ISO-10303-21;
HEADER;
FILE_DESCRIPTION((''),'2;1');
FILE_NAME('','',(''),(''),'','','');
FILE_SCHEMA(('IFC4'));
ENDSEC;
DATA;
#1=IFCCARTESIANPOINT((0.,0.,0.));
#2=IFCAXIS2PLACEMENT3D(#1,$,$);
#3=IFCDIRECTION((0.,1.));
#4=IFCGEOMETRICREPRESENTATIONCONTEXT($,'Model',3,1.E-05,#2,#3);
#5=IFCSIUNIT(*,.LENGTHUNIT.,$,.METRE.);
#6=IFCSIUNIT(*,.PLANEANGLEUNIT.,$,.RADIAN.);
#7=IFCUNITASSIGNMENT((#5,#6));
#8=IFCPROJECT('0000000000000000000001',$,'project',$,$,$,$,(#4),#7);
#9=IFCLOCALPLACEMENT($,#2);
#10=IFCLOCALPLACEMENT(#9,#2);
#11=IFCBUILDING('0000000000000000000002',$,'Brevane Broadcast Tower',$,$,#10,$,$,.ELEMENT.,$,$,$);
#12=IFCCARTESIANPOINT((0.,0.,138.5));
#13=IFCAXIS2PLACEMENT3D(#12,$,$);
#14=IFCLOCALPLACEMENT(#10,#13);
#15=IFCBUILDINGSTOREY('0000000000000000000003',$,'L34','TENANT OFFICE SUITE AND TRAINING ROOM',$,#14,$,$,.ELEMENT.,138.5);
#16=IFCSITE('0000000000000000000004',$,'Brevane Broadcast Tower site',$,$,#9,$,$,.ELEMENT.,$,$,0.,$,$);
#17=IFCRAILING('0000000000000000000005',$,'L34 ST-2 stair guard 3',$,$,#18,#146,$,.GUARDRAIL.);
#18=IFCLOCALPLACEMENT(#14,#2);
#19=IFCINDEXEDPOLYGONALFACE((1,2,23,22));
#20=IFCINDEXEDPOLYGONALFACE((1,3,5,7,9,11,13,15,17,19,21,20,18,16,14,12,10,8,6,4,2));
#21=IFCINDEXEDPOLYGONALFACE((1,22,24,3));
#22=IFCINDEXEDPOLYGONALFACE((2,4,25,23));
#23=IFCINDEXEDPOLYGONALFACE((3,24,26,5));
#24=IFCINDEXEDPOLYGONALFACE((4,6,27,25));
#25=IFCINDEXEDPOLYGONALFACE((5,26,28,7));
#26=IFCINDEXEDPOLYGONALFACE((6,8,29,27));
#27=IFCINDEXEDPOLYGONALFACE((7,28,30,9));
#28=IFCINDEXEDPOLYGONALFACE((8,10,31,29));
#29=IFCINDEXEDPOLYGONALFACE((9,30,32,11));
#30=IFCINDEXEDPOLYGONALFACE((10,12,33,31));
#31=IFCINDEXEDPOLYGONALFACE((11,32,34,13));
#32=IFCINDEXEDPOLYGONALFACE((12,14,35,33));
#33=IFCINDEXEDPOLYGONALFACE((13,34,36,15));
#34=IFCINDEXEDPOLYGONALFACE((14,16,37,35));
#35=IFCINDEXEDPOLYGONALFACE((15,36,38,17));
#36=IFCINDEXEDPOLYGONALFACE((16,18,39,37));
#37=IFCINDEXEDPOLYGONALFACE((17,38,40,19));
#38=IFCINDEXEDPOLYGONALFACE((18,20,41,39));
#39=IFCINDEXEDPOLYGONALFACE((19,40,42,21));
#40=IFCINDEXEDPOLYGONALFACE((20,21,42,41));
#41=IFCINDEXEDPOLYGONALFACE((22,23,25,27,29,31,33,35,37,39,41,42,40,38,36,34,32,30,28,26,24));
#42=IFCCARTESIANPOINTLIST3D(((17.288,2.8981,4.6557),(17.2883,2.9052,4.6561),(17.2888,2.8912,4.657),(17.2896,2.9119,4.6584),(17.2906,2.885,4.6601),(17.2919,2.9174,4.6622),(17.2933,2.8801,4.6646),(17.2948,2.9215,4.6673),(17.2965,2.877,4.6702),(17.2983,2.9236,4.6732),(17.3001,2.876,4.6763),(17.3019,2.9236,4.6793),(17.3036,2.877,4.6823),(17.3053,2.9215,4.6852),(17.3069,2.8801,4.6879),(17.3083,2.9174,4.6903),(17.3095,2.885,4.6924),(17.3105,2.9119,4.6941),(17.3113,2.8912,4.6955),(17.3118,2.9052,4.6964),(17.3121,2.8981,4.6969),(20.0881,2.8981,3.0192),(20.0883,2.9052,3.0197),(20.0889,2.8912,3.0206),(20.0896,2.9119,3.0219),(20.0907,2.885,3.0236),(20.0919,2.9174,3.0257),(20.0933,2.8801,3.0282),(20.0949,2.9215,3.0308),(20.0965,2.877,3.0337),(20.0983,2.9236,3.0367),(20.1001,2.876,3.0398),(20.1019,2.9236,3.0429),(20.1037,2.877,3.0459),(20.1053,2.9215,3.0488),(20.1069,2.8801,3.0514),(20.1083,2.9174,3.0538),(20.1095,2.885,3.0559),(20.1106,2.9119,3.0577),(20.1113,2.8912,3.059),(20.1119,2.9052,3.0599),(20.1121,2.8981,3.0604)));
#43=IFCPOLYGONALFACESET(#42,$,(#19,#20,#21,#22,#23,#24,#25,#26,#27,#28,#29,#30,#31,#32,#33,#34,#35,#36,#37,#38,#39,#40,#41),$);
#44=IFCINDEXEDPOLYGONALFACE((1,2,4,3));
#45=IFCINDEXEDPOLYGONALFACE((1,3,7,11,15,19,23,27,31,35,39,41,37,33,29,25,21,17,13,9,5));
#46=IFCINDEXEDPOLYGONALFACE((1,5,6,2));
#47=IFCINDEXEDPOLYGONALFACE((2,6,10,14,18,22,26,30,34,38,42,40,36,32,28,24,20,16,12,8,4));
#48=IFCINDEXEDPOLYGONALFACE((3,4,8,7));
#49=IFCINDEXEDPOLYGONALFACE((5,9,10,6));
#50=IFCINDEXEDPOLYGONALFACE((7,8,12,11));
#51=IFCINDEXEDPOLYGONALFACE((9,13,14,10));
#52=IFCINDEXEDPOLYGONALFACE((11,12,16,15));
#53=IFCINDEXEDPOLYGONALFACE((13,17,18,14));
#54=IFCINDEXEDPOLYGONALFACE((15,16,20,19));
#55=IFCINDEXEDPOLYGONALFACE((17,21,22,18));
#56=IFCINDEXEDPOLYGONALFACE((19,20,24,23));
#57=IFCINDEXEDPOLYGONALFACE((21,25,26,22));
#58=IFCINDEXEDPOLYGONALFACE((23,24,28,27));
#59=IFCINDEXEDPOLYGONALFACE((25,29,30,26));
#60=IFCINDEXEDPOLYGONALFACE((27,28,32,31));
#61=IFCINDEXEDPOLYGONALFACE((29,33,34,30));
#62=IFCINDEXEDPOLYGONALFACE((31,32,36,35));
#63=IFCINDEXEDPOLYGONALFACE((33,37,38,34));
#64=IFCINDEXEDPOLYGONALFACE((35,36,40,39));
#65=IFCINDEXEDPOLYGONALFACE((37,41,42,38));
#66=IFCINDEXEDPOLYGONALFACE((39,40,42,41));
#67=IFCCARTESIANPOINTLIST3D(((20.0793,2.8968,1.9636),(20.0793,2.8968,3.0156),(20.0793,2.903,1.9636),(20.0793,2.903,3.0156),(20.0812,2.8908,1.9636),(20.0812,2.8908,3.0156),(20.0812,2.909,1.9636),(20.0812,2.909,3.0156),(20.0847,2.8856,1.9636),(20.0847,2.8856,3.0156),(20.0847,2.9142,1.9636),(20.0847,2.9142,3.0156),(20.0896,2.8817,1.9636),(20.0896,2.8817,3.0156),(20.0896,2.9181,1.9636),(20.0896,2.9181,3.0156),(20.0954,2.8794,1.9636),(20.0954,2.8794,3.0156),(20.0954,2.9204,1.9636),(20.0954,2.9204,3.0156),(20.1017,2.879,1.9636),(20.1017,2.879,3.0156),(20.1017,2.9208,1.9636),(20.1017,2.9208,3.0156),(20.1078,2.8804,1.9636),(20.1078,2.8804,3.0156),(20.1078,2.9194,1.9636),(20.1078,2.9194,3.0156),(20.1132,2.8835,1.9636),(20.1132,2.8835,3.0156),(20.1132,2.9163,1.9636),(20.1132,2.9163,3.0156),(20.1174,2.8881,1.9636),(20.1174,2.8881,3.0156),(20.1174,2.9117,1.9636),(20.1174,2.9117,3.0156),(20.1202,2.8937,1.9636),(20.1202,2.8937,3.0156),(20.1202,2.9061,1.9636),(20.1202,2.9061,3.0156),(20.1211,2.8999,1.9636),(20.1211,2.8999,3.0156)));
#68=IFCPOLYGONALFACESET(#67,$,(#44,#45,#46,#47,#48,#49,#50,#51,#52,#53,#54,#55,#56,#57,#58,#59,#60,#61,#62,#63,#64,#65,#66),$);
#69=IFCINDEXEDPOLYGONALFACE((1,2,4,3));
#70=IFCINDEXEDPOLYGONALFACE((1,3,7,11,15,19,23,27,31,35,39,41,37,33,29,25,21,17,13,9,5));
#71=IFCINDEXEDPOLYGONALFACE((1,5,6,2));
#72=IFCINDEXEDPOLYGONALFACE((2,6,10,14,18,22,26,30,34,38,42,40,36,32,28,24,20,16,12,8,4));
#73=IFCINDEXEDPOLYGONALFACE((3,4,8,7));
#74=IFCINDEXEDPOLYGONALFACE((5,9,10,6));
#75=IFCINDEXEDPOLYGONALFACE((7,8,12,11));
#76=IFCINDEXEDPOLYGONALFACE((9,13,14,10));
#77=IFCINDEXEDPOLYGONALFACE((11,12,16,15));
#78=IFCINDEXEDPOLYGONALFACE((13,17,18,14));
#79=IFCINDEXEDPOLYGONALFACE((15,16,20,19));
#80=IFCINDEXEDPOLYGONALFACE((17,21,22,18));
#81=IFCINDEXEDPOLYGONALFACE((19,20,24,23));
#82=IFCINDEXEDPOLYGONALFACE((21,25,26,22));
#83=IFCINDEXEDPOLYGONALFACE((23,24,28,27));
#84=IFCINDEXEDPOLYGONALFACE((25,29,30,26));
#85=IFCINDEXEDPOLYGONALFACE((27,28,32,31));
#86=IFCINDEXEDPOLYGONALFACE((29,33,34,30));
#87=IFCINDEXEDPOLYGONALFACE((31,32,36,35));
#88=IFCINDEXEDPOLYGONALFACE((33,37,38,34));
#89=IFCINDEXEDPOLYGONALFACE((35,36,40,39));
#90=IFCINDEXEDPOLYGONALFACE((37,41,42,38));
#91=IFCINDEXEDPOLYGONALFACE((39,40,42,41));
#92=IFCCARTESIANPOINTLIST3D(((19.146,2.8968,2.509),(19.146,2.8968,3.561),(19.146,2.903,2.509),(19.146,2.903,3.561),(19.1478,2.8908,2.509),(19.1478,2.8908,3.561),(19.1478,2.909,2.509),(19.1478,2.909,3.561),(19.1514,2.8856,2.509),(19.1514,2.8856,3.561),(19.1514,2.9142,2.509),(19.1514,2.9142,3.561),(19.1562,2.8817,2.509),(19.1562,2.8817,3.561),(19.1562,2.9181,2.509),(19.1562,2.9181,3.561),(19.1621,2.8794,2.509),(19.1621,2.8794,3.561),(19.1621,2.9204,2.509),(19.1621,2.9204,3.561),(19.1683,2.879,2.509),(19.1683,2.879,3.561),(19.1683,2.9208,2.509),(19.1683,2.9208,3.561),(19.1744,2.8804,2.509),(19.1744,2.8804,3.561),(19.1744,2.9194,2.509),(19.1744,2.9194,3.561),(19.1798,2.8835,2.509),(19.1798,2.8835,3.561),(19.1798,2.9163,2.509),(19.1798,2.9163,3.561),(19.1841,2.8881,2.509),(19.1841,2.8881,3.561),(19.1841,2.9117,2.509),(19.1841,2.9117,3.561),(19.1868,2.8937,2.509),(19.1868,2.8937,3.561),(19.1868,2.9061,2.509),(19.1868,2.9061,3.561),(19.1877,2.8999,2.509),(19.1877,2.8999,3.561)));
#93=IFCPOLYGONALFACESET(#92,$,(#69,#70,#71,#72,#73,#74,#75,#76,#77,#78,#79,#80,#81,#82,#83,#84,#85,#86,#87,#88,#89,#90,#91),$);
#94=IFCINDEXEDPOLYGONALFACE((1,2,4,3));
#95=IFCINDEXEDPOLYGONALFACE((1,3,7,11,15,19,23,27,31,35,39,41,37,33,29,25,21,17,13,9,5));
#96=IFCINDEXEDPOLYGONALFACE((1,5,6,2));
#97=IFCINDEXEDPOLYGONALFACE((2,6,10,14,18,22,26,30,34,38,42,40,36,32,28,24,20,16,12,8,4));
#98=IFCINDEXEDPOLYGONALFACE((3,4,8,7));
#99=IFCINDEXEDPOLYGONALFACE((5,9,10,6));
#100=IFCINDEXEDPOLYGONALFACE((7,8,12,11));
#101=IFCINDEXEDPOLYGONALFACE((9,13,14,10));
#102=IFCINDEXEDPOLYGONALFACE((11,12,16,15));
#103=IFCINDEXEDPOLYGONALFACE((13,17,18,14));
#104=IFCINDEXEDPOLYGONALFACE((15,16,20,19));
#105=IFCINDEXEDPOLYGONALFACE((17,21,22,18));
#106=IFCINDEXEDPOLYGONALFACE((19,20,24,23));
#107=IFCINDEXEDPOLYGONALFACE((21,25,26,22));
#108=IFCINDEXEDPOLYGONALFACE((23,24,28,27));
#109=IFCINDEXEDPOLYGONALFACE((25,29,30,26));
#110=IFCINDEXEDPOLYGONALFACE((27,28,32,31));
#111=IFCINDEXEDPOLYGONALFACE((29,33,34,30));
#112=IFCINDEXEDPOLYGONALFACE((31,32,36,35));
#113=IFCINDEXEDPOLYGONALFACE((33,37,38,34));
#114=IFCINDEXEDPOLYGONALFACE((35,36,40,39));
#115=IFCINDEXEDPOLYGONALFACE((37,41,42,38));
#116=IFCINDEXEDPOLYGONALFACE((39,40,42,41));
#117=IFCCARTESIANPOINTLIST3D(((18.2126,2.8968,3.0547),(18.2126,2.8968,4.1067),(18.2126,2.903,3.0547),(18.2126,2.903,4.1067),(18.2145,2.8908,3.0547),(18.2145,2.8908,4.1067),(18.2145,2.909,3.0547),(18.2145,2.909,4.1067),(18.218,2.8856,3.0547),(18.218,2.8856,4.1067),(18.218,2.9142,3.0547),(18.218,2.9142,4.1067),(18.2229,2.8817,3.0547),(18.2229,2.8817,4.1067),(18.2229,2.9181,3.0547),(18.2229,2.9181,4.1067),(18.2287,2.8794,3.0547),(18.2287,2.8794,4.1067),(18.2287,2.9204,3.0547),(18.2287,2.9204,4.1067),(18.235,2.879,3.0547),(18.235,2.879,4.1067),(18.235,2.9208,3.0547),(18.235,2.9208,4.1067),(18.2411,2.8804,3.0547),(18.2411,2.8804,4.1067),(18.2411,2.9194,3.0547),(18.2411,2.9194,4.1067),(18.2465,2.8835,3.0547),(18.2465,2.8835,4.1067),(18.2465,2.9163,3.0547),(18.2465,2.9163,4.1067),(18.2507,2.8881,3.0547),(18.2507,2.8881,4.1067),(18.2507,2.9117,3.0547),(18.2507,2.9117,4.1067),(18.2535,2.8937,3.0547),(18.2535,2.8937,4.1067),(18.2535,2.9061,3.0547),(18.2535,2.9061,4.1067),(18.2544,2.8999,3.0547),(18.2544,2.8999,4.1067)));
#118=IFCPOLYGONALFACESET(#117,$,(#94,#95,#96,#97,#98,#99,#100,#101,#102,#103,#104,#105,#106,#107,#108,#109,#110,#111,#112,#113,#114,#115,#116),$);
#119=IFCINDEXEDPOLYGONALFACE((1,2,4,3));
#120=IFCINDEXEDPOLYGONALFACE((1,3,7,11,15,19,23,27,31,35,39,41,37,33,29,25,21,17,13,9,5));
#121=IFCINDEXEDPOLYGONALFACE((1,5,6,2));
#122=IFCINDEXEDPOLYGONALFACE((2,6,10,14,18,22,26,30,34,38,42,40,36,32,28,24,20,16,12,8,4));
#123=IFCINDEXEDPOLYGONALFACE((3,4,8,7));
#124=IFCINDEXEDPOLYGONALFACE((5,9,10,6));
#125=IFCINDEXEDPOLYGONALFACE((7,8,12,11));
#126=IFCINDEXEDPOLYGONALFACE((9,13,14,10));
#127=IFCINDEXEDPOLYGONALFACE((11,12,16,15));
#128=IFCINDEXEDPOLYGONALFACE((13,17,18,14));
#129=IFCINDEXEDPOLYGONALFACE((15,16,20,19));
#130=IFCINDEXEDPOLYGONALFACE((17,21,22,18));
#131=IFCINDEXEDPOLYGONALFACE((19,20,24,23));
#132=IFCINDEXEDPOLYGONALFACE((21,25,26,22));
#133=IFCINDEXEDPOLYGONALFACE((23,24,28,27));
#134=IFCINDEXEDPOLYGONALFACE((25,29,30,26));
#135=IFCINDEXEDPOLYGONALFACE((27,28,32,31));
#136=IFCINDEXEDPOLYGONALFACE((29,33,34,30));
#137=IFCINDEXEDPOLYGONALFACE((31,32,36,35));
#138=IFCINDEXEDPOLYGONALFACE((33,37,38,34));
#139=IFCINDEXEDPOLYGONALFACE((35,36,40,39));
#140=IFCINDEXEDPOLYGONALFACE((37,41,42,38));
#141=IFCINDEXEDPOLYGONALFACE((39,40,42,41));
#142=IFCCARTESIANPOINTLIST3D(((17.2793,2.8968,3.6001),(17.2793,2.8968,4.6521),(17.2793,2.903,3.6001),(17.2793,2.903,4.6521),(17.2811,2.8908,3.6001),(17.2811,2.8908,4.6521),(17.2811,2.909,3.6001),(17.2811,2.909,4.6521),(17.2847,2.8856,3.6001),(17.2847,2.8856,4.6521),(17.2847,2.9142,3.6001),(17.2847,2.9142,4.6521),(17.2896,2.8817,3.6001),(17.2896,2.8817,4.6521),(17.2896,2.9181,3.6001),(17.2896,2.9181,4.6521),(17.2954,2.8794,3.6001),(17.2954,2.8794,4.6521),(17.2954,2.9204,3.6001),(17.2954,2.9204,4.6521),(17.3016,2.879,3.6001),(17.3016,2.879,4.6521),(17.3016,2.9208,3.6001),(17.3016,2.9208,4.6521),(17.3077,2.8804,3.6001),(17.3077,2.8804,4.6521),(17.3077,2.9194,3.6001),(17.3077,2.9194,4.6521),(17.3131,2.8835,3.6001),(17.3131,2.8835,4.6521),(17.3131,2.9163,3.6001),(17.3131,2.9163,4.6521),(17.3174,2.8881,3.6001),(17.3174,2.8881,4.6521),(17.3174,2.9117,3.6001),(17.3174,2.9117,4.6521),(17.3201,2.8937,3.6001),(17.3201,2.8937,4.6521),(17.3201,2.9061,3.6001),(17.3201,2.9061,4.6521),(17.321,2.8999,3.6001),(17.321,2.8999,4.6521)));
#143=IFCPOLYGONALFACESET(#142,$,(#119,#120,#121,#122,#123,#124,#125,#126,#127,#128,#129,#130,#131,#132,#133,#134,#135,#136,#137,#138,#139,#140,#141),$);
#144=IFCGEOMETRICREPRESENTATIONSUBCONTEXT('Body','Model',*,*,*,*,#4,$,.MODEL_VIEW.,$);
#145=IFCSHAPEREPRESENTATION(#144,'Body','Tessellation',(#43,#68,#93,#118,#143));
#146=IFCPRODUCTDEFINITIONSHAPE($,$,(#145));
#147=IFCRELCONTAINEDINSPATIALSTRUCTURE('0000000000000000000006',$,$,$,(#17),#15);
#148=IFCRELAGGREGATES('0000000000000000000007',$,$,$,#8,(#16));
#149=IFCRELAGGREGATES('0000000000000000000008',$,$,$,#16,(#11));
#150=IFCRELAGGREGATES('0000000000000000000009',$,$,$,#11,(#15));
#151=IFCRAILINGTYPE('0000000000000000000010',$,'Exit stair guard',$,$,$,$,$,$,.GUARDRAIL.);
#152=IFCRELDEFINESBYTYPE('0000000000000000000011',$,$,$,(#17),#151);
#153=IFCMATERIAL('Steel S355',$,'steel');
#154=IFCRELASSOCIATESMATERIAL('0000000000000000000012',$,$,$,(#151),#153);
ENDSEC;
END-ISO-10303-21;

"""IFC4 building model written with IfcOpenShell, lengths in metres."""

from ifc_helpers import new_model, si_unit, direction, frame, origin, origin_2d, place, context, subcontext, project, spatial, circle, extrude, material, type_object, element, save


model = new_model("IFC4")

# Units and contexts
model_context = context("Model", 3, precision=1e-05, world=origin(), true_north=direction((0.0, 1.0)))
body_context = subcontext(model_context, "Body", "Model", "MODEL_VIEW")
ifc_project = project(units=[si_unit("LENGTHUNIT", "METRE"), si_unit("PLANEANGLEUNIT", "RADIAN")], contexts=[model_context])

# Site, building, storey
site_placement = place(None, origin())
site = spatial("IfcSite", under=ifc_project, at=site_placement, Name="Brevane Broadcast Tower site", CompositionType="ELEMENT", RefElevation=0.0)
building_placement = place(site_placement, origin())
building = spatial("IfcBuilding", under=site, at=building_placement, Name="Brevane Broadcast Tower", CompositionType="ELEMENT")
storey_placement = place(building_placement, frame((0.0, 0.0, 138.5)))
storey = spatial("IfcBuildingStorey", under=building, at=storey_placement, Name="L34", Description="TENANT OFFICE SUITE AND TRAINING ROOM", CompositionType="ELEMENT", Elevation=138.5)

# Railing
ifc_material_1 = material(Name="Steel S355", Category="steel")
railing_type_1 = type_object("IfcRailingType", Name="Exit stair guard", PredefinedType="GUARDRAIL", material=ifc_material_1)
railing_1_placement = place(storey_placement, frame((20.1001, 2.8999, 1.9636)))
element("IfcRailing", 1, at=railing_1_placement, inside=storey, type_object=railing_type_1, Name="L34 ST-2 stair guard 3", PredefinedType="GUARDRAIL", context=body_context, shape_type="SweptSolid", body=[
    extrude(circle(Radius=0.0239, at=origin_2d()), frame((0.0, 0.0, 1.0762), z_axis=(-0.863361, 0.0, 0.504587), x_axis=(0.0, -1.0, 0.0)), (0.0, 0.0, 1.0), 3.2432),
    extrude(circle(Radius=0.021, at=origin_2d()), origin(), (0.0, 0.0, 1.0), 1.052),
    extrude(circle(Radius=0.021, at=origin_2d()), frame((-0.9333, 0.0, 0.5454)), (0.0, 0.0, 1.0), 1.052),
    extrude(circle(Radius=0.021, at=origin_2d()), frame((-1.8667, 0.0, 1.0911)), (0.0, 0.0, 1.0), 1.052),
    extrude(circle(Radius=0.021, at=origin_2d()), frame((-2.8, 0.0, 1.6365)), (0.0, 0.0, 1.0), 1.052),
])

save(model, "model.ifc")
